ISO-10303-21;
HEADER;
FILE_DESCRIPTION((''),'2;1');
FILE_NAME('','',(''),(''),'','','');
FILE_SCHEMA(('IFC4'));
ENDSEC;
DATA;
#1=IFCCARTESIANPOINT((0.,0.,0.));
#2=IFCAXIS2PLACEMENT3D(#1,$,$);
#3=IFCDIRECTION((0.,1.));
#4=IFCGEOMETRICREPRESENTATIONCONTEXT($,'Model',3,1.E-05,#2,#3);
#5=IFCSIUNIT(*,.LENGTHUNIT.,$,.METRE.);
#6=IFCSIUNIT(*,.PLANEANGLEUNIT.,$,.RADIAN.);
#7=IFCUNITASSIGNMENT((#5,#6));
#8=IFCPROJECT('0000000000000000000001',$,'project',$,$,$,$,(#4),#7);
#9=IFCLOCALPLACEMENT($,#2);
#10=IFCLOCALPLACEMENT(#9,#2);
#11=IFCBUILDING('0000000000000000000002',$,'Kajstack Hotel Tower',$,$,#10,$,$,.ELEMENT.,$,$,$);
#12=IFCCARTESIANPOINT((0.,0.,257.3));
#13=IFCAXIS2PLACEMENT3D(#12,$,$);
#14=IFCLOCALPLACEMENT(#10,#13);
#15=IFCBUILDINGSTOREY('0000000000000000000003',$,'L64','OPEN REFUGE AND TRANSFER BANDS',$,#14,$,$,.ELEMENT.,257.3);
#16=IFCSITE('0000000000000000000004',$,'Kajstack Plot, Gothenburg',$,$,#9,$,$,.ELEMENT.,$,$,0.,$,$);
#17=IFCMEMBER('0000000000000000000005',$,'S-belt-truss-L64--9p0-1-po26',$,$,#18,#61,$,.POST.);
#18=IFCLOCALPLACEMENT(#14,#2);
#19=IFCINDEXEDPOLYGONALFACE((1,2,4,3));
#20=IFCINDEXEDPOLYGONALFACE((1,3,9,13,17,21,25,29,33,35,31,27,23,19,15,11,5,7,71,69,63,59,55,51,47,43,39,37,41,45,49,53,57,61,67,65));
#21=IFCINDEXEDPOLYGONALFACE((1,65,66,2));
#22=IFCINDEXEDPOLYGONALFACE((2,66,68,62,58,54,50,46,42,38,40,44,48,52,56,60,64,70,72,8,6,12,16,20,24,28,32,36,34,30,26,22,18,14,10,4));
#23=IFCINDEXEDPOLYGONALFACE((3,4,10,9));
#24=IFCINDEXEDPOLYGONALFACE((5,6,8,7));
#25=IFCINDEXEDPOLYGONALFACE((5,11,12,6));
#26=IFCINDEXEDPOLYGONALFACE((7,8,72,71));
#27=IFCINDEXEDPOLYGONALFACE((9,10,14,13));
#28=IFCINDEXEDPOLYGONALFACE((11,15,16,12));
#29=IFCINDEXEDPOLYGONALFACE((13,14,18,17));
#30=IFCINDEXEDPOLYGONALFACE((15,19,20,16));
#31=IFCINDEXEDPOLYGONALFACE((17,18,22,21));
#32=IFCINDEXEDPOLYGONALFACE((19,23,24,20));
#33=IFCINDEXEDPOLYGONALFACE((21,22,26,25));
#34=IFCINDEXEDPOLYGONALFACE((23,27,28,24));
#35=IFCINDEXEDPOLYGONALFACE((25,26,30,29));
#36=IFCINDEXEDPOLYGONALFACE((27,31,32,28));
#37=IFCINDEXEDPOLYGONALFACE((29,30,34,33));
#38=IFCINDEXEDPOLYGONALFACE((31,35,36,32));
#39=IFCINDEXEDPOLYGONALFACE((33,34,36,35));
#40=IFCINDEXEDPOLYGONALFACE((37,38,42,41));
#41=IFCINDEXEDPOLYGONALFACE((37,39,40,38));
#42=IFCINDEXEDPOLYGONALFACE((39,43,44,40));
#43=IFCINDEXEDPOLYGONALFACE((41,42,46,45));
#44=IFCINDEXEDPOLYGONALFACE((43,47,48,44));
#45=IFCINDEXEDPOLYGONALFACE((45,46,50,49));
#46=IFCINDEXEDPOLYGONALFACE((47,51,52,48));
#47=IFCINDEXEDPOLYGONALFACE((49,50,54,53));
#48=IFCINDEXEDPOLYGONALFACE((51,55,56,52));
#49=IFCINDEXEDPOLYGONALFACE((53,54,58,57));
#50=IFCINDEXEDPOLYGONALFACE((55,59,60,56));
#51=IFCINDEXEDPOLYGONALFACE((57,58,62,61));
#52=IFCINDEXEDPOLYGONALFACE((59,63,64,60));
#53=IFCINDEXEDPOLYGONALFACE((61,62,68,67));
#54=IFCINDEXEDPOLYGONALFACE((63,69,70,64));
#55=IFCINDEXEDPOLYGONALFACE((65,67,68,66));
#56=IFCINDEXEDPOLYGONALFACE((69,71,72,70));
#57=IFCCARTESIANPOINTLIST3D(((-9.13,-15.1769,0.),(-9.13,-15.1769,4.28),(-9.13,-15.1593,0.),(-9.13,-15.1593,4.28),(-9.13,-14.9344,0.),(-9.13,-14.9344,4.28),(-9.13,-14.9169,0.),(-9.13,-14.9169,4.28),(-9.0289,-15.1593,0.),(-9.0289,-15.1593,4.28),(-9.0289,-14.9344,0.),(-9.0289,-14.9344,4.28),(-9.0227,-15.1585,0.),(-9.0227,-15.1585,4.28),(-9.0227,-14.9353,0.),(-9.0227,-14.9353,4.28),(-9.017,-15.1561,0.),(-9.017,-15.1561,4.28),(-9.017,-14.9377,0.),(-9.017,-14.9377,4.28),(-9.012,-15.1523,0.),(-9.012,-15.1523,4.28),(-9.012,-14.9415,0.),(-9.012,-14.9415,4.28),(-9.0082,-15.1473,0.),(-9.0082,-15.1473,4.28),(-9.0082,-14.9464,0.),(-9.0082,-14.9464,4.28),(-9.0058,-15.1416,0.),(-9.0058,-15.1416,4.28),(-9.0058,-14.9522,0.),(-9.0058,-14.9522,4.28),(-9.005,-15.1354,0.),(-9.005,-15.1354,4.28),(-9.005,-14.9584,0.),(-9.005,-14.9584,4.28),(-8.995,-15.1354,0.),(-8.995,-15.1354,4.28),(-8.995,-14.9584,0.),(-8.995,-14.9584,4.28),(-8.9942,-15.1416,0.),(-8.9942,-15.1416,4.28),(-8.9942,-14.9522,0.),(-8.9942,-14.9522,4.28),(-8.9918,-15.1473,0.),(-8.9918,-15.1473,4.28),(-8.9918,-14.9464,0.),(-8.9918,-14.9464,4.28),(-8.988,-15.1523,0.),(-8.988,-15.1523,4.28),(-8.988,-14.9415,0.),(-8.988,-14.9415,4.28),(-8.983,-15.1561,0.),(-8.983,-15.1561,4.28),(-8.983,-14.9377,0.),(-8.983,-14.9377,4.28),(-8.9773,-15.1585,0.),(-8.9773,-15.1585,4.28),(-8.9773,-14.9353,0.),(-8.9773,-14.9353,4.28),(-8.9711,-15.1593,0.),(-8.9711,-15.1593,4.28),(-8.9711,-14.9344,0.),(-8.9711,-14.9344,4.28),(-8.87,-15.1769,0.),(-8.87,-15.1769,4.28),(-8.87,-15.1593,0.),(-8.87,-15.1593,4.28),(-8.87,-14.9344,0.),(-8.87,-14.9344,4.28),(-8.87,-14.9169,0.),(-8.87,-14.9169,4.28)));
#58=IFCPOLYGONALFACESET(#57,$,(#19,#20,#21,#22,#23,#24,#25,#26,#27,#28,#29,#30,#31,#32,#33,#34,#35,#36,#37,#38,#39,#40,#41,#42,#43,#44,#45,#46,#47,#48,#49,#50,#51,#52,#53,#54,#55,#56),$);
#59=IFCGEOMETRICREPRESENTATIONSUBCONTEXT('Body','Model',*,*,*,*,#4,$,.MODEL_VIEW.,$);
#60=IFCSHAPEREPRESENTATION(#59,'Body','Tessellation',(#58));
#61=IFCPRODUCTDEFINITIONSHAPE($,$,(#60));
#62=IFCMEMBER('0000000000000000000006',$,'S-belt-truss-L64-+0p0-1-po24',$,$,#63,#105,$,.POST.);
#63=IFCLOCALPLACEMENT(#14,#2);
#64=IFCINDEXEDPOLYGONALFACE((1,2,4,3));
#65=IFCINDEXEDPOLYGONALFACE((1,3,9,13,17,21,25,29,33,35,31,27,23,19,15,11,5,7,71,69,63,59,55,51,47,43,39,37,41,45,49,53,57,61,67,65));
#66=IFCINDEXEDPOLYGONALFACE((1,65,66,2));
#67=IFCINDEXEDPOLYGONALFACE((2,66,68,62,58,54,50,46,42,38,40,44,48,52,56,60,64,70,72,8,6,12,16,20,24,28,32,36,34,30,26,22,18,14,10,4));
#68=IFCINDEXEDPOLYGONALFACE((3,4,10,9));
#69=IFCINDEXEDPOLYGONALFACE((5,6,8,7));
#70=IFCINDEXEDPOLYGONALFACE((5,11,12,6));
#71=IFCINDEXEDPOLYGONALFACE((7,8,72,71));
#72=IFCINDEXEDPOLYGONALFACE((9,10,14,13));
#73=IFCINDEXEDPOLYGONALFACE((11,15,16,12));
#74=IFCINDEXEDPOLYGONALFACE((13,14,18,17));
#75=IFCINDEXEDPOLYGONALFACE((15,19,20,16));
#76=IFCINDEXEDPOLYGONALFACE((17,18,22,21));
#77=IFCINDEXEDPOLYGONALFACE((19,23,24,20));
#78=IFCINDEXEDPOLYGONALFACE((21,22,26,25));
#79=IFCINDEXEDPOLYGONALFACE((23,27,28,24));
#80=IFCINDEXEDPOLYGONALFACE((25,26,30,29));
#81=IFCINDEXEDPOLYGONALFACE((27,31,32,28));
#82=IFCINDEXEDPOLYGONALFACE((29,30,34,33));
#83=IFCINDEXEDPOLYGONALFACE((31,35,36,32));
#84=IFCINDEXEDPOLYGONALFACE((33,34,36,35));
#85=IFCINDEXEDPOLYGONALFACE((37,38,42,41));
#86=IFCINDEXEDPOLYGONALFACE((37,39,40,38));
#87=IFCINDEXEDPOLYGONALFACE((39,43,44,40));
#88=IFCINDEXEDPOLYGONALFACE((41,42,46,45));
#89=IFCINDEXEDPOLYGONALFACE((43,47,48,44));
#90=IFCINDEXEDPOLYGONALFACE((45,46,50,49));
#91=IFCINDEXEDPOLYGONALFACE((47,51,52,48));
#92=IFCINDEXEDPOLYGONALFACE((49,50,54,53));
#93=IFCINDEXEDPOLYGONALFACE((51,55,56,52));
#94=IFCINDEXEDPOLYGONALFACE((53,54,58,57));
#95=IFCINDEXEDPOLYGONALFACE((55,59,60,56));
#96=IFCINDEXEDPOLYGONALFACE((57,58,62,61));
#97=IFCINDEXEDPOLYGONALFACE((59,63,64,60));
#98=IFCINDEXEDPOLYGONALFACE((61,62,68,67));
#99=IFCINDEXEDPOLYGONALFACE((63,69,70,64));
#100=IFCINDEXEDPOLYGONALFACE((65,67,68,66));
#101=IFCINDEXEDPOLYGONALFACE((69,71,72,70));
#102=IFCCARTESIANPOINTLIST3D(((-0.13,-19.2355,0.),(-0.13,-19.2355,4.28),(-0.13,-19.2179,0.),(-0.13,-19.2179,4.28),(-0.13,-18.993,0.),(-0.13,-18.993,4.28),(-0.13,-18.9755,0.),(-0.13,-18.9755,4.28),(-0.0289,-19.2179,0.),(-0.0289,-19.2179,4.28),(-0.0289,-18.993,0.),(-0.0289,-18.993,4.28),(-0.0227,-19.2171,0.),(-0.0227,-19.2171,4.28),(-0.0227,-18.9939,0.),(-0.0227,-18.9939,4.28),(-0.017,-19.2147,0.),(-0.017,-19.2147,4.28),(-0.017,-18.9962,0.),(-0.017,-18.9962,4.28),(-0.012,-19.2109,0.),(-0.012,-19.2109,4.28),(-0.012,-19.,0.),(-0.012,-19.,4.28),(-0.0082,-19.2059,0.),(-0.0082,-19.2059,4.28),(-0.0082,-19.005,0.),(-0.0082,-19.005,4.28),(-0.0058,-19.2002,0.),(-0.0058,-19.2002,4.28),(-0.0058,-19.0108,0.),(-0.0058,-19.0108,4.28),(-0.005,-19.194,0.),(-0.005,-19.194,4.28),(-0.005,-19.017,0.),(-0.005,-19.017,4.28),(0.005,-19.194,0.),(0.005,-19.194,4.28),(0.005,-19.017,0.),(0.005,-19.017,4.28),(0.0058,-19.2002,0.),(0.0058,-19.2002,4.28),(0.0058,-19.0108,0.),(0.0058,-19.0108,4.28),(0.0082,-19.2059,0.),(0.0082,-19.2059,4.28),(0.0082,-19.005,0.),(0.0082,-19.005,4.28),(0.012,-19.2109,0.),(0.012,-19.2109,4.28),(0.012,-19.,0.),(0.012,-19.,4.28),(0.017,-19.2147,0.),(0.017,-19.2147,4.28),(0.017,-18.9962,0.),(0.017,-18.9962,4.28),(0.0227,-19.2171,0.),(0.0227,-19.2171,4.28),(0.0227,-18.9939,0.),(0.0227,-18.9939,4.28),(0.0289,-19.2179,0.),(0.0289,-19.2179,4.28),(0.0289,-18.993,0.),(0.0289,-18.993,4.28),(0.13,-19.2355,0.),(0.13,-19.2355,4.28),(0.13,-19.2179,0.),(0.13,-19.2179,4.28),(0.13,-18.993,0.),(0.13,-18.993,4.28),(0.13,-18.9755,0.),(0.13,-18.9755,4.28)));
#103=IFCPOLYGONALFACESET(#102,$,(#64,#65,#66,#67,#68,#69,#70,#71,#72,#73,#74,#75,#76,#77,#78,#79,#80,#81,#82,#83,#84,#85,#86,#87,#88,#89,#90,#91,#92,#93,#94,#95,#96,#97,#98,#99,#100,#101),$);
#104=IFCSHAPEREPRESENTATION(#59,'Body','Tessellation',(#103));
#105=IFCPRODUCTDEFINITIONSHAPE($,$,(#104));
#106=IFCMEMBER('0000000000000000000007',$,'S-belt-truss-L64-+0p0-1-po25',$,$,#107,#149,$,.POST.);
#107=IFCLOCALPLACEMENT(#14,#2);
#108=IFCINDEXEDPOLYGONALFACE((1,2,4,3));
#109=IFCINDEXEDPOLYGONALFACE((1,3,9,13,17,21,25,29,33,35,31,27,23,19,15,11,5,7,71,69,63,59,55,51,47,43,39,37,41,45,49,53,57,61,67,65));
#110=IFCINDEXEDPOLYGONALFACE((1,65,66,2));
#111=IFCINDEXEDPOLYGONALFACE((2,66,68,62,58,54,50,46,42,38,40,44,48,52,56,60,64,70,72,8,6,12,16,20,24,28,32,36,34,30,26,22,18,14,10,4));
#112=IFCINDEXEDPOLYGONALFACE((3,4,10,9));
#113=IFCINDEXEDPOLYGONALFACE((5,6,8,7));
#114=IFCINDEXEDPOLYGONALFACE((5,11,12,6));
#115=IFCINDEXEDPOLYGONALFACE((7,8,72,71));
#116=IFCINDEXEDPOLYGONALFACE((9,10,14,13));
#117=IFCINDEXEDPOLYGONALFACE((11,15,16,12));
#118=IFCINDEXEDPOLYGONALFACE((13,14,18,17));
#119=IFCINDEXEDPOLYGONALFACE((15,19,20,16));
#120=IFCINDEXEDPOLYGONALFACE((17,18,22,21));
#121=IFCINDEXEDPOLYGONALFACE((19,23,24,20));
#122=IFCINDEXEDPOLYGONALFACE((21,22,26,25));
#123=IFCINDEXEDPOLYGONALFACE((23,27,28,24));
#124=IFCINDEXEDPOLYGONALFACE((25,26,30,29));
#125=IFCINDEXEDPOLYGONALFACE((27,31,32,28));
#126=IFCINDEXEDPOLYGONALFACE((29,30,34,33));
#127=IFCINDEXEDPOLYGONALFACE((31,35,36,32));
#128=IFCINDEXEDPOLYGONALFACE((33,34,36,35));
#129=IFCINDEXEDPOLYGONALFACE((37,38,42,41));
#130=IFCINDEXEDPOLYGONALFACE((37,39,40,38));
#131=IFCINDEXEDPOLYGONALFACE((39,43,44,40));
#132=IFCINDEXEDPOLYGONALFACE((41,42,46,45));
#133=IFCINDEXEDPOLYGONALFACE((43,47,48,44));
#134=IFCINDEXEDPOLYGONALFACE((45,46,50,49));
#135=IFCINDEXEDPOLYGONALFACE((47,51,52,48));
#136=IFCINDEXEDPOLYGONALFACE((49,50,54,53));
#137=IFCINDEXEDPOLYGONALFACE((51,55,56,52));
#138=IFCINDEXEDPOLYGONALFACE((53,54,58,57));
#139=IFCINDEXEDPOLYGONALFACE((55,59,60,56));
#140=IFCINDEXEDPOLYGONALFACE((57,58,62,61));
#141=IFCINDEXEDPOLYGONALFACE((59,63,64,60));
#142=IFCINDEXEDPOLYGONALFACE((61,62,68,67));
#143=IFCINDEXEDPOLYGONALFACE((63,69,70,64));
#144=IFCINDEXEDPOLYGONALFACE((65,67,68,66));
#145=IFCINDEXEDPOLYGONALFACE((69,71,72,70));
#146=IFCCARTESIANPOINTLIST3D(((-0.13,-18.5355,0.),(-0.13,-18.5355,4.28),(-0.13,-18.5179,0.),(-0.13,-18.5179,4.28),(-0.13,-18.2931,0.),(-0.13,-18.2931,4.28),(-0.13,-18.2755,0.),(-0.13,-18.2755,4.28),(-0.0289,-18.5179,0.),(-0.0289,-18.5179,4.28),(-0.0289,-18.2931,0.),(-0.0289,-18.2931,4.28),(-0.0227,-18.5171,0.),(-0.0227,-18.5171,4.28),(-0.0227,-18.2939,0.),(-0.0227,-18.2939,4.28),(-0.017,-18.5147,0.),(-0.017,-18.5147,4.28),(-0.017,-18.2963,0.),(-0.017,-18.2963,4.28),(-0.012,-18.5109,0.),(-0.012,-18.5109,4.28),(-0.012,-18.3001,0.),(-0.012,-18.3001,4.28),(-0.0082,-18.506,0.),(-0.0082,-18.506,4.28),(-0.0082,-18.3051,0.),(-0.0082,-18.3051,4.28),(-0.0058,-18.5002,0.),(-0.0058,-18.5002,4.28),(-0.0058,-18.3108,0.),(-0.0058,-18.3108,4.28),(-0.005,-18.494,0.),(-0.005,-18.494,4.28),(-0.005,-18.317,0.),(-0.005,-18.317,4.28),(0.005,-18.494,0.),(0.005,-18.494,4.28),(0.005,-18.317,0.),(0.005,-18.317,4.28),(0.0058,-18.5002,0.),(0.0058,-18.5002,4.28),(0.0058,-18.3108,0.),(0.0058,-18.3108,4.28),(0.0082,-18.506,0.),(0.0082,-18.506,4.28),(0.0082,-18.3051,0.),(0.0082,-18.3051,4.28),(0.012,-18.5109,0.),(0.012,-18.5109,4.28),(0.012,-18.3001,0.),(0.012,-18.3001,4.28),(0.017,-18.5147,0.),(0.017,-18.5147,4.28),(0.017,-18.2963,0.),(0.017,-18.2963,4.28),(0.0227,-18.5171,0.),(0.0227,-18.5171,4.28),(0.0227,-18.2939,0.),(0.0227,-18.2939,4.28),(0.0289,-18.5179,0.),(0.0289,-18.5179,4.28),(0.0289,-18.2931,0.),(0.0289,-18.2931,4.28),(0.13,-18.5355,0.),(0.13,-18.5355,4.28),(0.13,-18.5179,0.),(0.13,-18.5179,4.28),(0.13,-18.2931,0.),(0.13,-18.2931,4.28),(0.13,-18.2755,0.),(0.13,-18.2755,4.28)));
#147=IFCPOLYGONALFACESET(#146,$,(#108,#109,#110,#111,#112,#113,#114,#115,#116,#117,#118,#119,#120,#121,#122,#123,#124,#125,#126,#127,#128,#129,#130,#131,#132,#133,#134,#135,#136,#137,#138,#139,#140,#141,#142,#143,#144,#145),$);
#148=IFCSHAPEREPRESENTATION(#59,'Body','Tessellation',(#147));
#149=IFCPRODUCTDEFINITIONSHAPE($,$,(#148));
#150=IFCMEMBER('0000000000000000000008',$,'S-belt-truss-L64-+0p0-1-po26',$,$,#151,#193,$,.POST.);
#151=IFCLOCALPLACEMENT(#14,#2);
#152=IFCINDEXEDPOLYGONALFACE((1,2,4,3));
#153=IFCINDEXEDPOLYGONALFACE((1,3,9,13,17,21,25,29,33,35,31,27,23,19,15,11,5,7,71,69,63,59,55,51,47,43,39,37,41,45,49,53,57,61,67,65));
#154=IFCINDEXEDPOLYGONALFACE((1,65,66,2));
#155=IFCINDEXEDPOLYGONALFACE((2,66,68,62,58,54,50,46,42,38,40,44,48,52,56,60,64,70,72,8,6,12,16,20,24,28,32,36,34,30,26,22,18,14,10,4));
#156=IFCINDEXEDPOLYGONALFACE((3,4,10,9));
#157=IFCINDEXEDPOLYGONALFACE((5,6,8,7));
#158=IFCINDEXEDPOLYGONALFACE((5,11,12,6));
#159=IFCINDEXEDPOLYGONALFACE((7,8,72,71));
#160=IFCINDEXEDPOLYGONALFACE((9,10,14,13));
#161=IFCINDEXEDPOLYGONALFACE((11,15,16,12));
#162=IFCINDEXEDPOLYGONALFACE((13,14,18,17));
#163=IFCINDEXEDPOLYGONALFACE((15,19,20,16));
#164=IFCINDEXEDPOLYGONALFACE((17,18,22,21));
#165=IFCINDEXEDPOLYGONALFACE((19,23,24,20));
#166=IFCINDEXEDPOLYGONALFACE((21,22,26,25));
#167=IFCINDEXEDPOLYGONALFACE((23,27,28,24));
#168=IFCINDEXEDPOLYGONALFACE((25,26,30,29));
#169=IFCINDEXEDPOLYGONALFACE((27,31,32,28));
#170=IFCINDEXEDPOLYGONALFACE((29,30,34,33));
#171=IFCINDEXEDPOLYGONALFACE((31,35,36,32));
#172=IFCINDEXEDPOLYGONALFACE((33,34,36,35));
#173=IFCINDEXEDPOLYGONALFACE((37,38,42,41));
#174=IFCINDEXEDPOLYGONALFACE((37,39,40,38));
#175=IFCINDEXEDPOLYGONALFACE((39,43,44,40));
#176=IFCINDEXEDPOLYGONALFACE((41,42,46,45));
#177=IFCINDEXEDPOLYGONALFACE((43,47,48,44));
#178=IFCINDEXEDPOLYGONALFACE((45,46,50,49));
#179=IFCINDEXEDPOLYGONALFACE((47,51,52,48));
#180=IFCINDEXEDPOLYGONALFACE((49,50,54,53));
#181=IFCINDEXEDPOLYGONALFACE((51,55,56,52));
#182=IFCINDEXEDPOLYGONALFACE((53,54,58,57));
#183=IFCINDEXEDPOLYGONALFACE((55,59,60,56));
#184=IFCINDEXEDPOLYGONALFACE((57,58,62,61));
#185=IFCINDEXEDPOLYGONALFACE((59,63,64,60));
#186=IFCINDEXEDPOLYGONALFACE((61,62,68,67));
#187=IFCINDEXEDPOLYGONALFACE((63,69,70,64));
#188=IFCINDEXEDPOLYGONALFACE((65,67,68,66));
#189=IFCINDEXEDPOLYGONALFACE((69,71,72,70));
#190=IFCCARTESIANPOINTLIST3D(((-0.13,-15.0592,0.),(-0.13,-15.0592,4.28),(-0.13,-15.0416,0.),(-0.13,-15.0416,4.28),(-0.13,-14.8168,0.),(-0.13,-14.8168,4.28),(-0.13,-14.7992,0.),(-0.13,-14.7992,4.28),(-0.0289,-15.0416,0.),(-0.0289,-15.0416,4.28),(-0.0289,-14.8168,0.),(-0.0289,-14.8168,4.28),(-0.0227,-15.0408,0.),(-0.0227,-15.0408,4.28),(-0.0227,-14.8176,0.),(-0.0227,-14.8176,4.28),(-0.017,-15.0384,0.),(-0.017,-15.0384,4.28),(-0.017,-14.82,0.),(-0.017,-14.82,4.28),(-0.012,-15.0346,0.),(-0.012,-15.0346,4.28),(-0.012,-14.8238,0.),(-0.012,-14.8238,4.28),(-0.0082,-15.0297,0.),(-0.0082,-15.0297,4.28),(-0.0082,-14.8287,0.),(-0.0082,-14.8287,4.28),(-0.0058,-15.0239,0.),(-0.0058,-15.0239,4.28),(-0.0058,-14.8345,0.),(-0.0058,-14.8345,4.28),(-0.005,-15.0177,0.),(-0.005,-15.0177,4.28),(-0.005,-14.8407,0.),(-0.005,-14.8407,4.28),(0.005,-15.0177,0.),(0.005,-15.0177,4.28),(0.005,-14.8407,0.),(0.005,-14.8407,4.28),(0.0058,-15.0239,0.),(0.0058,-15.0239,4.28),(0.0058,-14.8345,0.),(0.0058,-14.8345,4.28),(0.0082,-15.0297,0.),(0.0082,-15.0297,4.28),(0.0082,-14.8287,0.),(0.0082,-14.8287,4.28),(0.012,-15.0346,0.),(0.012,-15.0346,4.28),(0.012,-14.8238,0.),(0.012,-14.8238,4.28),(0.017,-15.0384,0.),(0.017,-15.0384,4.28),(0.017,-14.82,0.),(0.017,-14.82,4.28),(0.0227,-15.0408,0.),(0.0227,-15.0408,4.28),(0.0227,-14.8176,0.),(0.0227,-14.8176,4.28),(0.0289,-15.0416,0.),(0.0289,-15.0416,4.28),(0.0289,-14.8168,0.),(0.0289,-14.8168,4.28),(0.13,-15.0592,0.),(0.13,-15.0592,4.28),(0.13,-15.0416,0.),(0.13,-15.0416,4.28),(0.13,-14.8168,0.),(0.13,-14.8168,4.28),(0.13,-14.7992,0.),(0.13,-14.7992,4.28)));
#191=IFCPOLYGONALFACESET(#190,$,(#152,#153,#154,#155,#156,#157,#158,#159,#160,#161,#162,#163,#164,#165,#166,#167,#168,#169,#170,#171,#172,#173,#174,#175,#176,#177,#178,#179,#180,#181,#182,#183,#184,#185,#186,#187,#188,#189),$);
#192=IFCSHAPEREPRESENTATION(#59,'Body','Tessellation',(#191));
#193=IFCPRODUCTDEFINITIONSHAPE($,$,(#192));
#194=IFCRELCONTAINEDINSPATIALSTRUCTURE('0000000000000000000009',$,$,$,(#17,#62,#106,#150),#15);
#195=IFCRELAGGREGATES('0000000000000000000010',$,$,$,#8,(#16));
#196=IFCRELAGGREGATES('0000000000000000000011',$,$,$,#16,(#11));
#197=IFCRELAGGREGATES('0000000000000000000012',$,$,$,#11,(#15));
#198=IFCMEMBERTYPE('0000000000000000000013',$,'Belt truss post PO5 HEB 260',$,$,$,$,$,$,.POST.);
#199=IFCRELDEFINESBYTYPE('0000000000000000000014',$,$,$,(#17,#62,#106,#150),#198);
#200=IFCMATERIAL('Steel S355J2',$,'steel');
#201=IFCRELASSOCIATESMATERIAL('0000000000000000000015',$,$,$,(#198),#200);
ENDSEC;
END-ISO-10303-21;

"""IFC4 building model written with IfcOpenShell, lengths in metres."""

from ifc_helpers import new_model, si_unit, direction, frame, origin, origin_2d, place, context, subcontext, project, spatial, i_section, extrude, material, material_profile, profile_set, type_object, element, save


model = new_model("IFC4")

# Units and contexts
model_context = context("Model", 3, precision=1e-05, world=origin(), true_north=direction((0.0, 1.0)))
body_context = subcontext(model_context, "Body", "Model", "MODEL_VIEW")
ifc_project = project(units=[si_unit("LENGTHUNIT", "METRE"), si_unit("PLANEANGLEUNIT", "RADIAN")], contexts=[model_context])

# Site, building, storey
site_placement = place(None, origin())
site = spatial("IfcSite", under=ifc_project, at=site_placement, Name="Kajstack Plot, Gothenburg", CompositionType="ELEMENT", RefElevation=0.0)
building_placement = place(site_placement, origin())
building = spatial("IfcBuilding", under=site, at=building_placement, Name="Kajstack Hotel Tower", CompositionType="ELEMENT")
storey_placement = place(building_placement, frame((0.0, 0.0, 257.3)))
storey = spatial("IfcBuildingStorey", under=building, at=storey_placement, Name="L64", Description="OPEN REFUGE AND TRANSFER BANDS", CompositionType="ELEMENT", Elevation=257.3)

# Members
ifc_material = material(Name="Steel S355J2", Category="steel")
ifc_material_profile_1 = material_profile(ifc_material, i_section(OverallWidth=0.26, OverallDepth=0.26, WebThickness=0.01, FlangeThickness=0.0176, FilletRadius=0.0239, at=origin_2d()), Name="HEB 260")
ifc_profile_set_1 = profile_set([ifc_material_profile_1], Name="Steel S355J2")
member_type_1 = type_object("IfcMemberType", Name="Belt truss post PO5 HEB 260", PredefinedType="POST", material=ifc_profile_set_1)
for number, where, z_axis, x_axis, name in (
    (1, (-9.0, -15.0469, 0.0), (0.0, 0.0, 1.0), (1.0, 0.0, 0.0), "S-belt-truss-L64--9p0-1-po26"),
    (2, (0.0, -19.1055, 0.0), (0.0, 0.0, 1.0), (1.0, 0.0, 0.0), "S-belt-truss-L64-+0p0-1-po24"),
    (3, (0.0, -18.4055, 0.0), (0.0, 0.0, 1.0), (1.0, 0.0, 0.0), "S-belt-truss-L64-+0p0-1-po25"),
    (4, (0.0, -14.9292, 0.0), (0.0, 0.0, 1.0), (1.0, 0.0, 0.0), "S-belt-truss-L64-+0p0-1-po26"),
):
    element("IfcMember", number, at=place(storey_placement, frame(where, z_axis=z_axis, x_axis=x_axis)), inside=storey, type_object=member_type_1, Name=name, PredefinedType="POST", context=body_context, shape_type="SweptSolid", body=[
        extrude(i_section(OverallWidth=0.26, OverallDepth=0.26, WebThickness=0.01, FlangeThickness=0.0176, FilletRadius=0.0239, at=origin_2d()), origin(), (0.0, 0.0, 1.0), 4.28),
    ])

save(model, "model.ifc")
